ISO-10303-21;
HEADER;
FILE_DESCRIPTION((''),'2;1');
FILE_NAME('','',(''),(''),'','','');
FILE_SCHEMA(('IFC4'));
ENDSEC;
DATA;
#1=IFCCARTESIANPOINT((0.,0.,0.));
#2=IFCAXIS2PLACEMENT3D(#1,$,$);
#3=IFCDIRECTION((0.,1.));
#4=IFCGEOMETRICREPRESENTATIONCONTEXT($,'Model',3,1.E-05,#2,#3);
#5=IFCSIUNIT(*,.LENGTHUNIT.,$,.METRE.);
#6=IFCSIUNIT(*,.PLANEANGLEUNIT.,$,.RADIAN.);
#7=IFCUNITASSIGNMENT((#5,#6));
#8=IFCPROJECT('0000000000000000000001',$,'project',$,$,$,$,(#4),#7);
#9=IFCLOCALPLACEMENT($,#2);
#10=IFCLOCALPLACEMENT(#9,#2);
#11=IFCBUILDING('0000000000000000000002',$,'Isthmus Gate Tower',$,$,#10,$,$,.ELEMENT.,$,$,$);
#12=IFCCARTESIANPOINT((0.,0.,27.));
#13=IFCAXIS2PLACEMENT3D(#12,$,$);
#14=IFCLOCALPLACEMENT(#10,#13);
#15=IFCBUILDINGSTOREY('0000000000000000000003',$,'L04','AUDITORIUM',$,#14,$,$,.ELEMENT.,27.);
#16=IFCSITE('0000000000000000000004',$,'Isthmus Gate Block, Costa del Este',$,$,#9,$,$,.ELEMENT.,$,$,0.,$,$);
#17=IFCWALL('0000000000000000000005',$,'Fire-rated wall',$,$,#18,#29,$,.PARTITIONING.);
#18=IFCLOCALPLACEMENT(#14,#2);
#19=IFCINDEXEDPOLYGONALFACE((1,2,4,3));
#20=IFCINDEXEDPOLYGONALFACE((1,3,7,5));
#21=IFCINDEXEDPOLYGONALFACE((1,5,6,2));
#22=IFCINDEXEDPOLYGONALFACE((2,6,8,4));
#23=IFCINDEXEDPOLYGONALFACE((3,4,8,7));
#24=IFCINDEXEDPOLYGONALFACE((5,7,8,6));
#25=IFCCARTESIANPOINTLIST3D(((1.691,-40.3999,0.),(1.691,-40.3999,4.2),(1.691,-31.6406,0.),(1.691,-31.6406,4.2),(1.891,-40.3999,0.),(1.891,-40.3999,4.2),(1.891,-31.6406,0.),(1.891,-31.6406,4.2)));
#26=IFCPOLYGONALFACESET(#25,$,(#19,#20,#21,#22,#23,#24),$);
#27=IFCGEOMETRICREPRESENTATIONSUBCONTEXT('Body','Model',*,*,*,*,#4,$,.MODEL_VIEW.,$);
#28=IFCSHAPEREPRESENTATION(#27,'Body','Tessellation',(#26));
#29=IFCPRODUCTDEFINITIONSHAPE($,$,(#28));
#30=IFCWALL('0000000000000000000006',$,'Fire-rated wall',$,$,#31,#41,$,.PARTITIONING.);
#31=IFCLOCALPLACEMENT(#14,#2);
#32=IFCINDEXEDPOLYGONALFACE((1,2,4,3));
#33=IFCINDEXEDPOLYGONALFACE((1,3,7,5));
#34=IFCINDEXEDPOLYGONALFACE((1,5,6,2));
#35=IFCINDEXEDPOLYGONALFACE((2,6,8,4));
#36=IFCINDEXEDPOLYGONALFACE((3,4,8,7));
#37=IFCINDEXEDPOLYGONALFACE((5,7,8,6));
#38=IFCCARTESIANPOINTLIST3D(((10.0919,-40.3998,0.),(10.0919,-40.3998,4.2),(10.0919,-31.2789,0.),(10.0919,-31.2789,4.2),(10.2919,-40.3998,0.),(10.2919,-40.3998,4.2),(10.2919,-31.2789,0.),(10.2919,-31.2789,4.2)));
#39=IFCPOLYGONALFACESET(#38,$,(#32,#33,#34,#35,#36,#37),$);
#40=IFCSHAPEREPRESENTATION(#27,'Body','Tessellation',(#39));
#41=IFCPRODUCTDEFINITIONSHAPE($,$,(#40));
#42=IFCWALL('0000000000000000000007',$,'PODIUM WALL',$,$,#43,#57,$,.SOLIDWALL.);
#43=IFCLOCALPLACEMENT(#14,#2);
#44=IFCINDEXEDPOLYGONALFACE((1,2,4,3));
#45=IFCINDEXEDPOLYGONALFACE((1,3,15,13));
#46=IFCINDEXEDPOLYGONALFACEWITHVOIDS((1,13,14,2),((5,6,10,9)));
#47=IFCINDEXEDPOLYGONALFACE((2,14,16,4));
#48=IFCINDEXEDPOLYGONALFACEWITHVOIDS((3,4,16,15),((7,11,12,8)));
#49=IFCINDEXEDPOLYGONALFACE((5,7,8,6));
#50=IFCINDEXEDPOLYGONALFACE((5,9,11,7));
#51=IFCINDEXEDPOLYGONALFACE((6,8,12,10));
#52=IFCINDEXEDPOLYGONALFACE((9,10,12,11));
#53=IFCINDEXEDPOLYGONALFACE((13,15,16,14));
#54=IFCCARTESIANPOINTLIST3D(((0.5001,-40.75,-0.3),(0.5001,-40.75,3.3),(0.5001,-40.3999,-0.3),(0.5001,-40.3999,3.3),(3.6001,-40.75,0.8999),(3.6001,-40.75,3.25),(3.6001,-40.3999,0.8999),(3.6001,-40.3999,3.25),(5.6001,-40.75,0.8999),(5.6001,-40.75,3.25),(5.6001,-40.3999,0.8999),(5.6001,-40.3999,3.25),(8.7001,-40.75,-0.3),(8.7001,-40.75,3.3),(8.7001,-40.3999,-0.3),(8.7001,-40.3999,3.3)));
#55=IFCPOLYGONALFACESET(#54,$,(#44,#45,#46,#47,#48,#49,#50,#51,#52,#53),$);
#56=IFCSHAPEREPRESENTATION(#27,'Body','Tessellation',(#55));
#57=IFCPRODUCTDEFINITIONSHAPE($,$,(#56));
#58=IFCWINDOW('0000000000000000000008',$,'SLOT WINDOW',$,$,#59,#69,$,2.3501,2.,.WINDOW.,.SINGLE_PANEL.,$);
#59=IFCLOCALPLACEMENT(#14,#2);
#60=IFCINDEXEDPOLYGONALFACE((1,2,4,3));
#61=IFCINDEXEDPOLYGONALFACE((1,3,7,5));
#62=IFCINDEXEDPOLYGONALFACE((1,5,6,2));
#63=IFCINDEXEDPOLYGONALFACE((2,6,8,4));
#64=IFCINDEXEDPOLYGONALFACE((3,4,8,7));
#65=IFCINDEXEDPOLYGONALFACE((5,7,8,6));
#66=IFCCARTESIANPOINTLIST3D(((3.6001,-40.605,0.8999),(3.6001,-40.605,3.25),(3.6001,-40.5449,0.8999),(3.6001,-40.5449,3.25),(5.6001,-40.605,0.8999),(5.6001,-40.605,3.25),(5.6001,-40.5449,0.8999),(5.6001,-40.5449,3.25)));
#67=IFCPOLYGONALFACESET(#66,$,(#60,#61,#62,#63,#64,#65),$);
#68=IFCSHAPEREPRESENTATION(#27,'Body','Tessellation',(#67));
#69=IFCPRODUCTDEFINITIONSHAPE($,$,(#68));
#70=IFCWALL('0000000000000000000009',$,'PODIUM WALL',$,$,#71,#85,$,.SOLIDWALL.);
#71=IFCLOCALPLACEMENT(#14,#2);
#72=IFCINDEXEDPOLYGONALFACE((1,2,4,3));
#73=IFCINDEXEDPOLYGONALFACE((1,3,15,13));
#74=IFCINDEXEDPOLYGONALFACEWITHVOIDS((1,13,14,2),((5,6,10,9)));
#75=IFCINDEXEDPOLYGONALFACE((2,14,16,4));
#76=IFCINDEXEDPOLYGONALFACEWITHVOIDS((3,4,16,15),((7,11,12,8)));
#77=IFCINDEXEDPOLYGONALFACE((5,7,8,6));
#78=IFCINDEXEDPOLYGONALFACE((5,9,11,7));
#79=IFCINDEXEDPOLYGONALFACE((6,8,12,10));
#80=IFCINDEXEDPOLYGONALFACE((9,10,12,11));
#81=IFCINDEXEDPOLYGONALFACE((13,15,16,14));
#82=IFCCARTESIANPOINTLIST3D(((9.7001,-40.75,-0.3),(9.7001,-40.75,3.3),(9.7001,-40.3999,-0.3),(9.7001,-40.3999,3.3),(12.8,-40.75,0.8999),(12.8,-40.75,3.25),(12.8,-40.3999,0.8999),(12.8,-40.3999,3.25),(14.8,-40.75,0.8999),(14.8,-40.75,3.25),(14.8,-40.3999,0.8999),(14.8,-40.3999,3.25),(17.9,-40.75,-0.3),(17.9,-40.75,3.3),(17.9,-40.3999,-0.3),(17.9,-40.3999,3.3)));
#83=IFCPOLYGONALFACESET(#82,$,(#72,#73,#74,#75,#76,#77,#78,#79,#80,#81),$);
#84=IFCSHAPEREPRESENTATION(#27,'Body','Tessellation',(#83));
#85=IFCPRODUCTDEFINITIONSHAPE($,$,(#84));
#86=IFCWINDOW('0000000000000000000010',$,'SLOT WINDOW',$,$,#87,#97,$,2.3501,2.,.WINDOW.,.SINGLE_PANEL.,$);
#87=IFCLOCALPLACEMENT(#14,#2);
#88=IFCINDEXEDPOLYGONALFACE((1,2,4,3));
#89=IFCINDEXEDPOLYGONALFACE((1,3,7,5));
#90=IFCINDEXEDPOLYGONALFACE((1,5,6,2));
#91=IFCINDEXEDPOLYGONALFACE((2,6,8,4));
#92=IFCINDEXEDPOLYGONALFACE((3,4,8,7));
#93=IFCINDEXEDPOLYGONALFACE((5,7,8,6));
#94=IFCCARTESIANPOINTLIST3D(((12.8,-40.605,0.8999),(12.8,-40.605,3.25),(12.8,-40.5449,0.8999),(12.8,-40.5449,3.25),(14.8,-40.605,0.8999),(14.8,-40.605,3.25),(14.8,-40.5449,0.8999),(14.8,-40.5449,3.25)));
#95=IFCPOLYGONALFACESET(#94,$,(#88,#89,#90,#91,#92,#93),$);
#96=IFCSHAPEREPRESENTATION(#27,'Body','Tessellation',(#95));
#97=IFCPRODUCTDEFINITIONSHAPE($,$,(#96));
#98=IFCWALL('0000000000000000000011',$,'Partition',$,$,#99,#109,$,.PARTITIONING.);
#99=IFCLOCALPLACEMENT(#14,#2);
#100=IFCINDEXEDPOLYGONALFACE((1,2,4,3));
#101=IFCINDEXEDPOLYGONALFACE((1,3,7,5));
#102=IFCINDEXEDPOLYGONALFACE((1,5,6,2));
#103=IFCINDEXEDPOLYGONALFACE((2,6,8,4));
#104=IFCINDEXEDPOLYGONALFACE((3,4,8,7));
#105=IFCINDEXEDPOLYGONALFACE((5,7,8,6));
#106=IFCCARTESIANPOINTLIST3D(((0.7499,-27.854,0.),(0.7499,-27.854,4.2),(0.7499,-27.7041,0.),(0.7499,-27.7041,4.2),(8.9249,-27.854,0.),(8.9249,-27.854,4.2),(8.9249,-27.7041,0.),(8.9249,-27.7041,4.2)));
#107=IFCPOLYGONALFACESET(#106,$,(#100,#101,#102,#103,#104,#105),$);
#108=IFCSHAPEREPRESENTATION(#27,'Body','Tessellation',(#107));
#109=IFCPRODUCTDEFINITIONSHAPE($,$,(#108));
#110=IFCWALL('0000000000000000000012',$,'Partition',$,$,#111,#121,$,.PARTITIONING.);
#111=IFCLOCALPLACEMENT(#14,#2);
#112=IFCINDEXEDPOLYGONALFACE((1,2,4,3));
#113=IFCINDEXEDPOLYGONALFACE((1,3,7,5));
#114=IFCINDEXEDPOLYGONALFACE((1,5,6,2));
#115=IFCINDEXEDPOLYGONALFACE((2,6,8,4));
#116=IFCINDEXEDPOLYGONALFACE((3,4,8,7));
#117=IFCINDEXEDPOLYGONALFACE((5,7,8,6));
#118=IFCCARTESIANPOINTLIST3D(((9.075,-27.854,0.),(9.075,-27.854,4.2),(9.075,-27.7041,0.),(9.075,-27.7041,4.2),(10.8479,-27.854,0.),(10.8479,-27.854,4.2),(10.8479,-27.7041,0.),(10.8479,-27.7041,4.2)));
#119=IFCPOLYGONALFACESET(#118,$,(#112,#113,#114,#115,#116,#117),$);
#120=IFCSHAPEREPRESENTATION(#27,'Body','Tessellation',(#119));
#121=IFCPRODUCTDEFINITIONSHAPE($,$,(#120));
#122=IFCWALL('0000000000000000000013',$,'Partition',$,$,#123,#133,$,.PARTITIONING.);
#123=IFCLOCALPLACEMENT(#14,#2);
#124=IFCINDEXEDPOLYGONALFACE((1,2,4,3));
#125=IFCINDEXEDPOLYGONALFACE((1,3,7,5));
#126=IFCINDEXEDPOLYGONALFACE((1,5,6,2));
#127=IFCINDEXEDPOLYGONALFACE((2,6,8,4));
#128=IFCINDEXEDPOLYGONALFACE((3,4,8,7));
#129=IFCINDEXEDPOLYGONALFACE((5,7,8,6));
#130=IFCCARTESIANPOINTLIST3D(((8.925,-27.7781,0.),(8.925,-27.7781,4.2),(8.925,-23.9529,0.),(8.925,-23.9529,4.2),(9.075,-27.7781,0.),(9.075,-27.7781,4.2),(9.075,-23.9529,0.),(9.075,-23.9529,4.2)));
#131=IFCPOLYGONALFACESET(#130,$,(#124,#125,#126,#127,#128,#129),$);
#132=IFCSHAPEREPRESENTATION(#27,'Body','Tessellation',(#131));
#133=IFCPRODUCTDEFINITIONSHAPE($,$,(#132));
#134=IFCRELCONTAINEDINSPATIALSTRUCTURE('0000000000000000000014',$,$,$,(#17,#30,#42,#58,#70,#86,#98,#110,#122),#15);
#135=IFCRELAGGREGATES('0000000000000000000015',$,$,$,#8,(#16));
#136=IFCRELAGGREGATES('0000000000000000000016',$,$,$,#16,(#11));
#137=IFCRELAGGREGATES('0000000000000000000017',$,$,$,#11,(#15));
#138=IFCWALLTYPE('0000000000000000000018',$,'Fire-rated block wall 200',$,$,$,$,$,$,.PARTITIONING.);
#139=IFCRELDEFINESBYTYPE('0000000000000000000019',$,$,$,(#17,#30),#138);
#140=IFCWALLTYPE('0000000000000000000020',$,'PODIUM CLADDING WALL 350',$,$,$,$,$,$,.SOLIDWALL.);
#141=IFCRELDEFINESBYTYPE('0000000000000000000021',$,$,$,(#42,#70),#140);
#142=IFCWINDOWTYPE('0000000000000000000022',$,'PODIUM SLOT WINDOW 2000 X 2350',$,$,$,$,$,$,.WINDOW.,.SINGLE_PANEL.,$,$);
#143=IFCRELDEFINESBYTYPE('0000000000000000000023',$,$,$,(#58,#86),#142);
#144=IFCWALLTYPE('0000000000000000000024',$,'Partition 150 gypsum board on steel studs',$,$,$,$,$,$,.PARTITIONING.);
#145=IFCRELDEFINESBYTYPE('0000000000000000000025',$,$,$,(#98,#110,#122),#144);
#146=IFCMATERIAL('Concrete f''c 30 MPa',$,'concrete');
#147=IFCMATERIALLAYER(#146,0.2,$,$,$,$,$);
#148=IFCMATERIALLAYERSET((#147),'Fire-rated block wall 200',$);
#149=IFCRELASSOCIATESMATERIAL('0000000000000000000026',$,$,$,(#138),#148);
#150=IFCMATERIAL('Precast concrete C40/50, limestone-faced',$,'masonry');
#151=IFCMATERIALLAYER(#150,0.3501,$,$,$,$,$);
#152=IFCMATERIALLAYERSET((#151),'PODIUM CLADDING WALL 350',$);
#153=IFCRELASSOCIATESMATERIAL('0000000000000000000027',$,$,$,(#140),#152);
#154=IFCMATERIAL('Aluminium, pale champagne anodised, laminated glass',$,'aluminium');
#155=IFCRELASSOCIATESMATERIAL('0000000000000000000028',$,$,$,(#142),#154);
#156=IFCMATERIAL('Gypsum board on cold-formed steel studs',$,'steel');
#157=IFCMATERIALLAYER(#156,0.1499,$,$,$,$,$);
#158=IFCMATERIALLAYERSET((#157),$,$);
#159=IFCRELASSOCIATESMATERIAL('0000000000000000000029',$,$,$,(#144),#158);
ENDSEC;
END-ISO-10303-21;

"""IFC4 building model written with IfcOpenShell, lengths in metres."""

from ifc_helpers import new_model, si_unit, direction, frame, frame_2d, origin, place, context, subcontext, project, spatial, rectangle, extrude, material, layer, layer_set, type_object, element, fill, save


model = new_model("IFC4")

# Units and contexts
model_context = context("Model", 3, precision=1e-05, world=origin(), true_north=direction((0.0, 1.0)))
body_context = subcontext(model_context, "Body", "Model", "MODEL_VIEW")
ifc_project = project(units=[si_unit("LENGTHUNIT", "METRE"), si_unit("PLANEANGLEUNIT", "RADIAN")], contexts=[model_context])

# Site, building, storey
site_placement = place(None, origin())
site = spatial("IfcSite", under=ifc_project, at=site_placement, Name="Isthmus Gate Block, Costa del Este", CompositionType="ELEMENT", RefElevation=0.0)
building_placement = place(site_placement, origin())
building = spatial("IfcBuilding", under=site, at=building_placement, Name="Isthmus Gate Tower", CompositionType="ELEMENT")
storey_placement = place(building_placement, frame((0.0, 0.0, 27.0)))
storey = spatial("IfcBuildingStorey", under=building, at=storey_placement, Name="L04", Description="AUDITORIUM", CompositionType="ELEMENT", Elevation=27.0)

# Shared definitions
ifc_material_1 = material(Name="Concrete f'c 30 MPa", Category="concrete")
ifc_layer_1 = layer(ifc_material_1, 0.2)
ifc_layer_set_1 = layer_set([ifc_layer_1], Name="Fire-rated block wall 200")
wall_type_1 = type_object("IfcWallType", Name="Fire-rated block wall 200", PredefinedType="PARTITIONING", material=ifc_layer_set_1)

# Walls
wall_1_placement = place(storey_placement, frame((1.791, -40.3999, 0.0), z_axis=(0.0, 0.0, 1.0), x_axis=(0.0, 1.0, 0.0)))
element("IfcWall", 1, at=wall_1_placement, inside=storey, type_object=wall_type_1, Name="Fire-rated wall", PredefinedType="PARTITIONING", context=body_context, shape_type="SweptSolid", body=[
    extrude(rectangle(XDim=8.7593, YDim=0.2, at=frame_2d((4.3796, 0.0))), origin(), (0.0, 0.0, 1.0), 4.2),
])
wall_2_placement = place(storey_placement, frame((10.1919, -40.3999, 0.0), z_axis=(0.0, 0.0, 1.0), x_axis=(0.0, 1.0, 0.0)))
element("IfcWall", 2, at=wall_2_placement, inside=storey, type_object=wall_type_1, Name="Fire-rated wall", PredefinedType="PARTITIONING", context=body_context, shape_type="SweptSolid", body=[
    extrude(rectangle(XDim=9.1208, YDim=0.2, at=frame_2d((4.5605, 0.0))), origin(), (0.0, 0.0, 1.0), 4.2),
])

# Walls, openings, windows
ifc_material_2 = material(Name="Precast concrete C40/50, limestone-faced", Category="masonry")
ifc_layer_2 = layer(ifc_material_2, 0.3501)
ifc_layer_set_2 = layer_set([ifc_layer_2], Name="PODIUM CLADDING WALL 350")
wall_type_2 = type_object("IfcWallType", Name="PODIUM CLADDING WALL 350", PredefinedType="SOLIDWALL", material=ifc_layer_set_2)
wall_3_placement = place(storey_placement, frame((0.5, -40.575, -0.3), z_axis=(0.0, 0.0, 1.0), x_axis=(1.0, 0.0, 0.0)))
wall_3 = element("IfcWall", 3, at=wall_3_placement, inside=storey, type_object=wall_type_2, Name="PODIUM WALL", PredefinedType="SOLIDWALL", context=body_context, shape_type="SweptSolid", body=[
    extrude(rectangle(XDim=8.2, YDim=0.3501, at=frame_2d((4.1001, 0.0))), origin(), (0.0, 0.0, 1.0), 3.6001),
])
opening_1_placement = place(wall_3_placement, frame((3.1001, 0.0, 1.2)))
opening_1 = element("IfcOpeningElement", 4, at=opening_1_placement, cuts=wall_3, PredefinedType="OPENING", context=body_context, shape_type="SweptSolid", body=[
    extrude(rectangle(XDim=2.0, YDim=2.3501, at=frame_2d((1.0, 1.175))), frame((0.0, 0.1851, 0.0), z_axis=(0.0, -1.0, 0.0), x_axis=(1.0, 0.0, 0.0)), (0.0, 0.0, 1.0), 0.3701),
])
ifc_material_3 = material(Name="Aluminium, pale champagne anodised, laminated glass", Category="aluminium")
window_type = type_object("IfcWindowType", Name="PODIUM SLOT WINDOW 2000 X 2350", PartitioningType="SINGLE_PANEL", PredefinedType="WINDOW", material=ifc_material_3)
window_1_placement = place(opening_1_placement, origin())
window_1 = element("IfcWindow", 5, at=window_1_placement, inside=storey, type_object=window_type, Name="SLOT WINDOW", OverallHeight=2.3501, OverallWidth=2.0, PartitioningType="SINGLE_PANEL", PredefinedType="WINDOW", context=body_context, shape_type="SweptSolid", body=[
    extrude(rectangle(XDim=2.0, YDim=2.3501, at=frame_2d((1.0, 1.175))), frame((0.0, 0.03, 0.0), z_axis=(0.0, -1.0, 0.0), x_axis=(1.0, 0.0, 0.0)), (0.0, 0.0, 1.0), 0.0601),
])
fill(opening_1, window_1)
wall_4_placement = place(storey_placement, frame((9.7, -40.575, -0.3), z_axis=(0.0, 0.0, 1.0), x_axis=(1.0, 0.0, 0.0)))
wall_4 = element("IfcWall", 6, at=wall_4_placement, inside=storey, type_object=wall_type_2, Name="PODIUM WALL", PredefinedType="SOLIDWALL", context=body_context, shape_type="SweptSolid", body=[
    extrude(rectangle(XDim=8.2, YDim=0.3501, at=frame_2d((4.1001, 0.0))), origin(), (0.0, 0.0, 1.0), 3.6001),
])
opening_2_placement = place(wall_4_placement, frame((3.1001, 0.0, 1.2)))
opening_2 = element("IfcOpeningElement", 7, at=opening_2_placement, cuts=wall_4, PredefinedType="OPENING", context=body_context, shape_type="SweptSolid", body=[
    extrude(rectangle(XDim=2.0, YDim=2.3501, at=frame_2d((1.0, 1.175))), frame((0.0, 0.1851, 0.0), z_axis=(0.0, -1.0, 0.0), x_axis=(1.0, 0.0, 0.0)), (0.0, 0.0, 1.0), 0.3701),
])
window_2_placement = place(opening_2_placement, origin())
window_2 = element("IfcWindow", 8, at=window_2_placement, inside=storey, type_object=window_type, Name="SLOT WINDOW", OverallHeight=2.3501, OverallWidth=2.0, PartitioningType="SINGLE_PANEL", PredefinedType="WINDOW", context=body_context, shape_type="SweptSolid", body=[
    extrude(rectangle(XDim=2.0, YDim=2.3501, at=frame_2d((1.0, 1.175))), frame((0.0, 0.03, 0.0), z_axis=(0.0, -1.0, 0.0), x_axis=(1.0, 0.0, 0.0)), (0.0, 0.0, 1.0), 0.0601),
])
fill(opening_2, window_2)

# Walls
ifc_material_4 = material(Name="Gypsum board on cold-formed steel studs", Category="steel")
ifc_layer_3 = layer(ifc_material_4, 0.1499)
ifc_layer_set_3 = layer_set([ifc_layer_3])
wall_type_3 = type_object("IfcWallType", Name="Partition 150 gypsum board on steel studs", PredefinedType="PARTITIONING", material=ifc_layer_set_3)
wall_5_placement = place(storey_placement, frame((0.75, -27.7791, 0.0), z_axis=(0.0, 0.0, 1.0), x_axis=(1.0, 0.0, 0.0)))
element("IfcWall", 9, at=wall_5_placement, inside=storey, type_object=wall_type_3, Name="Partition", PredefinedType="PARTITIONING", context=body_context, shape_type="SweptSolid", body=[
    extrude(rectangle(XDim=8.175, YDim=0.1499, at=frame_2d((4.0874, 0.0))), origin(), (0.0, 0.0, 1.0), 4.2),
])
wall_6_placement = place(storey_placement, frame((9.075, -27.7791, 0.0), z_axis=(0.0, 0.0, 1.0), x_axis=(1.0, 0.0, 0.0)))
element("IfcWall", 10, at=wall_6_placement, inside=storey, type_object=wall_type_3, Name="Partition", PredefinedType="PARTITIONING", context=body_context, shape_type="SweptSolid", body=[
    extrude(rectangle(XDim=1.7729, YDim=0.1499, at=frame_2d((0.8865, 0.0))), origin(), (0.0, 0.0, 1.0), 4.2),
])
wall_7_placement = place(storey_placement, frame((9.0, -27.7781, 0.0), z_axis=(0.0, 0.0, 1.0), x_axis=(0.0, 1.0, 0.0)))
element("IfcWall", 11, at=wall_7_placement, inside=storey, type_object=wall_type_3, Name="Partition", PredefinedType="PARTITIONING", context=body_context, shape_type="SweptSolid", body=[
    extrude(rectangle(XDim=3.8252, YDim=0.1499, at=frame_2d((1.9126, 0.0))), origin(), (0.0, 0.0, 1.0), 4.2),
])

save(model, "model.ifc")
